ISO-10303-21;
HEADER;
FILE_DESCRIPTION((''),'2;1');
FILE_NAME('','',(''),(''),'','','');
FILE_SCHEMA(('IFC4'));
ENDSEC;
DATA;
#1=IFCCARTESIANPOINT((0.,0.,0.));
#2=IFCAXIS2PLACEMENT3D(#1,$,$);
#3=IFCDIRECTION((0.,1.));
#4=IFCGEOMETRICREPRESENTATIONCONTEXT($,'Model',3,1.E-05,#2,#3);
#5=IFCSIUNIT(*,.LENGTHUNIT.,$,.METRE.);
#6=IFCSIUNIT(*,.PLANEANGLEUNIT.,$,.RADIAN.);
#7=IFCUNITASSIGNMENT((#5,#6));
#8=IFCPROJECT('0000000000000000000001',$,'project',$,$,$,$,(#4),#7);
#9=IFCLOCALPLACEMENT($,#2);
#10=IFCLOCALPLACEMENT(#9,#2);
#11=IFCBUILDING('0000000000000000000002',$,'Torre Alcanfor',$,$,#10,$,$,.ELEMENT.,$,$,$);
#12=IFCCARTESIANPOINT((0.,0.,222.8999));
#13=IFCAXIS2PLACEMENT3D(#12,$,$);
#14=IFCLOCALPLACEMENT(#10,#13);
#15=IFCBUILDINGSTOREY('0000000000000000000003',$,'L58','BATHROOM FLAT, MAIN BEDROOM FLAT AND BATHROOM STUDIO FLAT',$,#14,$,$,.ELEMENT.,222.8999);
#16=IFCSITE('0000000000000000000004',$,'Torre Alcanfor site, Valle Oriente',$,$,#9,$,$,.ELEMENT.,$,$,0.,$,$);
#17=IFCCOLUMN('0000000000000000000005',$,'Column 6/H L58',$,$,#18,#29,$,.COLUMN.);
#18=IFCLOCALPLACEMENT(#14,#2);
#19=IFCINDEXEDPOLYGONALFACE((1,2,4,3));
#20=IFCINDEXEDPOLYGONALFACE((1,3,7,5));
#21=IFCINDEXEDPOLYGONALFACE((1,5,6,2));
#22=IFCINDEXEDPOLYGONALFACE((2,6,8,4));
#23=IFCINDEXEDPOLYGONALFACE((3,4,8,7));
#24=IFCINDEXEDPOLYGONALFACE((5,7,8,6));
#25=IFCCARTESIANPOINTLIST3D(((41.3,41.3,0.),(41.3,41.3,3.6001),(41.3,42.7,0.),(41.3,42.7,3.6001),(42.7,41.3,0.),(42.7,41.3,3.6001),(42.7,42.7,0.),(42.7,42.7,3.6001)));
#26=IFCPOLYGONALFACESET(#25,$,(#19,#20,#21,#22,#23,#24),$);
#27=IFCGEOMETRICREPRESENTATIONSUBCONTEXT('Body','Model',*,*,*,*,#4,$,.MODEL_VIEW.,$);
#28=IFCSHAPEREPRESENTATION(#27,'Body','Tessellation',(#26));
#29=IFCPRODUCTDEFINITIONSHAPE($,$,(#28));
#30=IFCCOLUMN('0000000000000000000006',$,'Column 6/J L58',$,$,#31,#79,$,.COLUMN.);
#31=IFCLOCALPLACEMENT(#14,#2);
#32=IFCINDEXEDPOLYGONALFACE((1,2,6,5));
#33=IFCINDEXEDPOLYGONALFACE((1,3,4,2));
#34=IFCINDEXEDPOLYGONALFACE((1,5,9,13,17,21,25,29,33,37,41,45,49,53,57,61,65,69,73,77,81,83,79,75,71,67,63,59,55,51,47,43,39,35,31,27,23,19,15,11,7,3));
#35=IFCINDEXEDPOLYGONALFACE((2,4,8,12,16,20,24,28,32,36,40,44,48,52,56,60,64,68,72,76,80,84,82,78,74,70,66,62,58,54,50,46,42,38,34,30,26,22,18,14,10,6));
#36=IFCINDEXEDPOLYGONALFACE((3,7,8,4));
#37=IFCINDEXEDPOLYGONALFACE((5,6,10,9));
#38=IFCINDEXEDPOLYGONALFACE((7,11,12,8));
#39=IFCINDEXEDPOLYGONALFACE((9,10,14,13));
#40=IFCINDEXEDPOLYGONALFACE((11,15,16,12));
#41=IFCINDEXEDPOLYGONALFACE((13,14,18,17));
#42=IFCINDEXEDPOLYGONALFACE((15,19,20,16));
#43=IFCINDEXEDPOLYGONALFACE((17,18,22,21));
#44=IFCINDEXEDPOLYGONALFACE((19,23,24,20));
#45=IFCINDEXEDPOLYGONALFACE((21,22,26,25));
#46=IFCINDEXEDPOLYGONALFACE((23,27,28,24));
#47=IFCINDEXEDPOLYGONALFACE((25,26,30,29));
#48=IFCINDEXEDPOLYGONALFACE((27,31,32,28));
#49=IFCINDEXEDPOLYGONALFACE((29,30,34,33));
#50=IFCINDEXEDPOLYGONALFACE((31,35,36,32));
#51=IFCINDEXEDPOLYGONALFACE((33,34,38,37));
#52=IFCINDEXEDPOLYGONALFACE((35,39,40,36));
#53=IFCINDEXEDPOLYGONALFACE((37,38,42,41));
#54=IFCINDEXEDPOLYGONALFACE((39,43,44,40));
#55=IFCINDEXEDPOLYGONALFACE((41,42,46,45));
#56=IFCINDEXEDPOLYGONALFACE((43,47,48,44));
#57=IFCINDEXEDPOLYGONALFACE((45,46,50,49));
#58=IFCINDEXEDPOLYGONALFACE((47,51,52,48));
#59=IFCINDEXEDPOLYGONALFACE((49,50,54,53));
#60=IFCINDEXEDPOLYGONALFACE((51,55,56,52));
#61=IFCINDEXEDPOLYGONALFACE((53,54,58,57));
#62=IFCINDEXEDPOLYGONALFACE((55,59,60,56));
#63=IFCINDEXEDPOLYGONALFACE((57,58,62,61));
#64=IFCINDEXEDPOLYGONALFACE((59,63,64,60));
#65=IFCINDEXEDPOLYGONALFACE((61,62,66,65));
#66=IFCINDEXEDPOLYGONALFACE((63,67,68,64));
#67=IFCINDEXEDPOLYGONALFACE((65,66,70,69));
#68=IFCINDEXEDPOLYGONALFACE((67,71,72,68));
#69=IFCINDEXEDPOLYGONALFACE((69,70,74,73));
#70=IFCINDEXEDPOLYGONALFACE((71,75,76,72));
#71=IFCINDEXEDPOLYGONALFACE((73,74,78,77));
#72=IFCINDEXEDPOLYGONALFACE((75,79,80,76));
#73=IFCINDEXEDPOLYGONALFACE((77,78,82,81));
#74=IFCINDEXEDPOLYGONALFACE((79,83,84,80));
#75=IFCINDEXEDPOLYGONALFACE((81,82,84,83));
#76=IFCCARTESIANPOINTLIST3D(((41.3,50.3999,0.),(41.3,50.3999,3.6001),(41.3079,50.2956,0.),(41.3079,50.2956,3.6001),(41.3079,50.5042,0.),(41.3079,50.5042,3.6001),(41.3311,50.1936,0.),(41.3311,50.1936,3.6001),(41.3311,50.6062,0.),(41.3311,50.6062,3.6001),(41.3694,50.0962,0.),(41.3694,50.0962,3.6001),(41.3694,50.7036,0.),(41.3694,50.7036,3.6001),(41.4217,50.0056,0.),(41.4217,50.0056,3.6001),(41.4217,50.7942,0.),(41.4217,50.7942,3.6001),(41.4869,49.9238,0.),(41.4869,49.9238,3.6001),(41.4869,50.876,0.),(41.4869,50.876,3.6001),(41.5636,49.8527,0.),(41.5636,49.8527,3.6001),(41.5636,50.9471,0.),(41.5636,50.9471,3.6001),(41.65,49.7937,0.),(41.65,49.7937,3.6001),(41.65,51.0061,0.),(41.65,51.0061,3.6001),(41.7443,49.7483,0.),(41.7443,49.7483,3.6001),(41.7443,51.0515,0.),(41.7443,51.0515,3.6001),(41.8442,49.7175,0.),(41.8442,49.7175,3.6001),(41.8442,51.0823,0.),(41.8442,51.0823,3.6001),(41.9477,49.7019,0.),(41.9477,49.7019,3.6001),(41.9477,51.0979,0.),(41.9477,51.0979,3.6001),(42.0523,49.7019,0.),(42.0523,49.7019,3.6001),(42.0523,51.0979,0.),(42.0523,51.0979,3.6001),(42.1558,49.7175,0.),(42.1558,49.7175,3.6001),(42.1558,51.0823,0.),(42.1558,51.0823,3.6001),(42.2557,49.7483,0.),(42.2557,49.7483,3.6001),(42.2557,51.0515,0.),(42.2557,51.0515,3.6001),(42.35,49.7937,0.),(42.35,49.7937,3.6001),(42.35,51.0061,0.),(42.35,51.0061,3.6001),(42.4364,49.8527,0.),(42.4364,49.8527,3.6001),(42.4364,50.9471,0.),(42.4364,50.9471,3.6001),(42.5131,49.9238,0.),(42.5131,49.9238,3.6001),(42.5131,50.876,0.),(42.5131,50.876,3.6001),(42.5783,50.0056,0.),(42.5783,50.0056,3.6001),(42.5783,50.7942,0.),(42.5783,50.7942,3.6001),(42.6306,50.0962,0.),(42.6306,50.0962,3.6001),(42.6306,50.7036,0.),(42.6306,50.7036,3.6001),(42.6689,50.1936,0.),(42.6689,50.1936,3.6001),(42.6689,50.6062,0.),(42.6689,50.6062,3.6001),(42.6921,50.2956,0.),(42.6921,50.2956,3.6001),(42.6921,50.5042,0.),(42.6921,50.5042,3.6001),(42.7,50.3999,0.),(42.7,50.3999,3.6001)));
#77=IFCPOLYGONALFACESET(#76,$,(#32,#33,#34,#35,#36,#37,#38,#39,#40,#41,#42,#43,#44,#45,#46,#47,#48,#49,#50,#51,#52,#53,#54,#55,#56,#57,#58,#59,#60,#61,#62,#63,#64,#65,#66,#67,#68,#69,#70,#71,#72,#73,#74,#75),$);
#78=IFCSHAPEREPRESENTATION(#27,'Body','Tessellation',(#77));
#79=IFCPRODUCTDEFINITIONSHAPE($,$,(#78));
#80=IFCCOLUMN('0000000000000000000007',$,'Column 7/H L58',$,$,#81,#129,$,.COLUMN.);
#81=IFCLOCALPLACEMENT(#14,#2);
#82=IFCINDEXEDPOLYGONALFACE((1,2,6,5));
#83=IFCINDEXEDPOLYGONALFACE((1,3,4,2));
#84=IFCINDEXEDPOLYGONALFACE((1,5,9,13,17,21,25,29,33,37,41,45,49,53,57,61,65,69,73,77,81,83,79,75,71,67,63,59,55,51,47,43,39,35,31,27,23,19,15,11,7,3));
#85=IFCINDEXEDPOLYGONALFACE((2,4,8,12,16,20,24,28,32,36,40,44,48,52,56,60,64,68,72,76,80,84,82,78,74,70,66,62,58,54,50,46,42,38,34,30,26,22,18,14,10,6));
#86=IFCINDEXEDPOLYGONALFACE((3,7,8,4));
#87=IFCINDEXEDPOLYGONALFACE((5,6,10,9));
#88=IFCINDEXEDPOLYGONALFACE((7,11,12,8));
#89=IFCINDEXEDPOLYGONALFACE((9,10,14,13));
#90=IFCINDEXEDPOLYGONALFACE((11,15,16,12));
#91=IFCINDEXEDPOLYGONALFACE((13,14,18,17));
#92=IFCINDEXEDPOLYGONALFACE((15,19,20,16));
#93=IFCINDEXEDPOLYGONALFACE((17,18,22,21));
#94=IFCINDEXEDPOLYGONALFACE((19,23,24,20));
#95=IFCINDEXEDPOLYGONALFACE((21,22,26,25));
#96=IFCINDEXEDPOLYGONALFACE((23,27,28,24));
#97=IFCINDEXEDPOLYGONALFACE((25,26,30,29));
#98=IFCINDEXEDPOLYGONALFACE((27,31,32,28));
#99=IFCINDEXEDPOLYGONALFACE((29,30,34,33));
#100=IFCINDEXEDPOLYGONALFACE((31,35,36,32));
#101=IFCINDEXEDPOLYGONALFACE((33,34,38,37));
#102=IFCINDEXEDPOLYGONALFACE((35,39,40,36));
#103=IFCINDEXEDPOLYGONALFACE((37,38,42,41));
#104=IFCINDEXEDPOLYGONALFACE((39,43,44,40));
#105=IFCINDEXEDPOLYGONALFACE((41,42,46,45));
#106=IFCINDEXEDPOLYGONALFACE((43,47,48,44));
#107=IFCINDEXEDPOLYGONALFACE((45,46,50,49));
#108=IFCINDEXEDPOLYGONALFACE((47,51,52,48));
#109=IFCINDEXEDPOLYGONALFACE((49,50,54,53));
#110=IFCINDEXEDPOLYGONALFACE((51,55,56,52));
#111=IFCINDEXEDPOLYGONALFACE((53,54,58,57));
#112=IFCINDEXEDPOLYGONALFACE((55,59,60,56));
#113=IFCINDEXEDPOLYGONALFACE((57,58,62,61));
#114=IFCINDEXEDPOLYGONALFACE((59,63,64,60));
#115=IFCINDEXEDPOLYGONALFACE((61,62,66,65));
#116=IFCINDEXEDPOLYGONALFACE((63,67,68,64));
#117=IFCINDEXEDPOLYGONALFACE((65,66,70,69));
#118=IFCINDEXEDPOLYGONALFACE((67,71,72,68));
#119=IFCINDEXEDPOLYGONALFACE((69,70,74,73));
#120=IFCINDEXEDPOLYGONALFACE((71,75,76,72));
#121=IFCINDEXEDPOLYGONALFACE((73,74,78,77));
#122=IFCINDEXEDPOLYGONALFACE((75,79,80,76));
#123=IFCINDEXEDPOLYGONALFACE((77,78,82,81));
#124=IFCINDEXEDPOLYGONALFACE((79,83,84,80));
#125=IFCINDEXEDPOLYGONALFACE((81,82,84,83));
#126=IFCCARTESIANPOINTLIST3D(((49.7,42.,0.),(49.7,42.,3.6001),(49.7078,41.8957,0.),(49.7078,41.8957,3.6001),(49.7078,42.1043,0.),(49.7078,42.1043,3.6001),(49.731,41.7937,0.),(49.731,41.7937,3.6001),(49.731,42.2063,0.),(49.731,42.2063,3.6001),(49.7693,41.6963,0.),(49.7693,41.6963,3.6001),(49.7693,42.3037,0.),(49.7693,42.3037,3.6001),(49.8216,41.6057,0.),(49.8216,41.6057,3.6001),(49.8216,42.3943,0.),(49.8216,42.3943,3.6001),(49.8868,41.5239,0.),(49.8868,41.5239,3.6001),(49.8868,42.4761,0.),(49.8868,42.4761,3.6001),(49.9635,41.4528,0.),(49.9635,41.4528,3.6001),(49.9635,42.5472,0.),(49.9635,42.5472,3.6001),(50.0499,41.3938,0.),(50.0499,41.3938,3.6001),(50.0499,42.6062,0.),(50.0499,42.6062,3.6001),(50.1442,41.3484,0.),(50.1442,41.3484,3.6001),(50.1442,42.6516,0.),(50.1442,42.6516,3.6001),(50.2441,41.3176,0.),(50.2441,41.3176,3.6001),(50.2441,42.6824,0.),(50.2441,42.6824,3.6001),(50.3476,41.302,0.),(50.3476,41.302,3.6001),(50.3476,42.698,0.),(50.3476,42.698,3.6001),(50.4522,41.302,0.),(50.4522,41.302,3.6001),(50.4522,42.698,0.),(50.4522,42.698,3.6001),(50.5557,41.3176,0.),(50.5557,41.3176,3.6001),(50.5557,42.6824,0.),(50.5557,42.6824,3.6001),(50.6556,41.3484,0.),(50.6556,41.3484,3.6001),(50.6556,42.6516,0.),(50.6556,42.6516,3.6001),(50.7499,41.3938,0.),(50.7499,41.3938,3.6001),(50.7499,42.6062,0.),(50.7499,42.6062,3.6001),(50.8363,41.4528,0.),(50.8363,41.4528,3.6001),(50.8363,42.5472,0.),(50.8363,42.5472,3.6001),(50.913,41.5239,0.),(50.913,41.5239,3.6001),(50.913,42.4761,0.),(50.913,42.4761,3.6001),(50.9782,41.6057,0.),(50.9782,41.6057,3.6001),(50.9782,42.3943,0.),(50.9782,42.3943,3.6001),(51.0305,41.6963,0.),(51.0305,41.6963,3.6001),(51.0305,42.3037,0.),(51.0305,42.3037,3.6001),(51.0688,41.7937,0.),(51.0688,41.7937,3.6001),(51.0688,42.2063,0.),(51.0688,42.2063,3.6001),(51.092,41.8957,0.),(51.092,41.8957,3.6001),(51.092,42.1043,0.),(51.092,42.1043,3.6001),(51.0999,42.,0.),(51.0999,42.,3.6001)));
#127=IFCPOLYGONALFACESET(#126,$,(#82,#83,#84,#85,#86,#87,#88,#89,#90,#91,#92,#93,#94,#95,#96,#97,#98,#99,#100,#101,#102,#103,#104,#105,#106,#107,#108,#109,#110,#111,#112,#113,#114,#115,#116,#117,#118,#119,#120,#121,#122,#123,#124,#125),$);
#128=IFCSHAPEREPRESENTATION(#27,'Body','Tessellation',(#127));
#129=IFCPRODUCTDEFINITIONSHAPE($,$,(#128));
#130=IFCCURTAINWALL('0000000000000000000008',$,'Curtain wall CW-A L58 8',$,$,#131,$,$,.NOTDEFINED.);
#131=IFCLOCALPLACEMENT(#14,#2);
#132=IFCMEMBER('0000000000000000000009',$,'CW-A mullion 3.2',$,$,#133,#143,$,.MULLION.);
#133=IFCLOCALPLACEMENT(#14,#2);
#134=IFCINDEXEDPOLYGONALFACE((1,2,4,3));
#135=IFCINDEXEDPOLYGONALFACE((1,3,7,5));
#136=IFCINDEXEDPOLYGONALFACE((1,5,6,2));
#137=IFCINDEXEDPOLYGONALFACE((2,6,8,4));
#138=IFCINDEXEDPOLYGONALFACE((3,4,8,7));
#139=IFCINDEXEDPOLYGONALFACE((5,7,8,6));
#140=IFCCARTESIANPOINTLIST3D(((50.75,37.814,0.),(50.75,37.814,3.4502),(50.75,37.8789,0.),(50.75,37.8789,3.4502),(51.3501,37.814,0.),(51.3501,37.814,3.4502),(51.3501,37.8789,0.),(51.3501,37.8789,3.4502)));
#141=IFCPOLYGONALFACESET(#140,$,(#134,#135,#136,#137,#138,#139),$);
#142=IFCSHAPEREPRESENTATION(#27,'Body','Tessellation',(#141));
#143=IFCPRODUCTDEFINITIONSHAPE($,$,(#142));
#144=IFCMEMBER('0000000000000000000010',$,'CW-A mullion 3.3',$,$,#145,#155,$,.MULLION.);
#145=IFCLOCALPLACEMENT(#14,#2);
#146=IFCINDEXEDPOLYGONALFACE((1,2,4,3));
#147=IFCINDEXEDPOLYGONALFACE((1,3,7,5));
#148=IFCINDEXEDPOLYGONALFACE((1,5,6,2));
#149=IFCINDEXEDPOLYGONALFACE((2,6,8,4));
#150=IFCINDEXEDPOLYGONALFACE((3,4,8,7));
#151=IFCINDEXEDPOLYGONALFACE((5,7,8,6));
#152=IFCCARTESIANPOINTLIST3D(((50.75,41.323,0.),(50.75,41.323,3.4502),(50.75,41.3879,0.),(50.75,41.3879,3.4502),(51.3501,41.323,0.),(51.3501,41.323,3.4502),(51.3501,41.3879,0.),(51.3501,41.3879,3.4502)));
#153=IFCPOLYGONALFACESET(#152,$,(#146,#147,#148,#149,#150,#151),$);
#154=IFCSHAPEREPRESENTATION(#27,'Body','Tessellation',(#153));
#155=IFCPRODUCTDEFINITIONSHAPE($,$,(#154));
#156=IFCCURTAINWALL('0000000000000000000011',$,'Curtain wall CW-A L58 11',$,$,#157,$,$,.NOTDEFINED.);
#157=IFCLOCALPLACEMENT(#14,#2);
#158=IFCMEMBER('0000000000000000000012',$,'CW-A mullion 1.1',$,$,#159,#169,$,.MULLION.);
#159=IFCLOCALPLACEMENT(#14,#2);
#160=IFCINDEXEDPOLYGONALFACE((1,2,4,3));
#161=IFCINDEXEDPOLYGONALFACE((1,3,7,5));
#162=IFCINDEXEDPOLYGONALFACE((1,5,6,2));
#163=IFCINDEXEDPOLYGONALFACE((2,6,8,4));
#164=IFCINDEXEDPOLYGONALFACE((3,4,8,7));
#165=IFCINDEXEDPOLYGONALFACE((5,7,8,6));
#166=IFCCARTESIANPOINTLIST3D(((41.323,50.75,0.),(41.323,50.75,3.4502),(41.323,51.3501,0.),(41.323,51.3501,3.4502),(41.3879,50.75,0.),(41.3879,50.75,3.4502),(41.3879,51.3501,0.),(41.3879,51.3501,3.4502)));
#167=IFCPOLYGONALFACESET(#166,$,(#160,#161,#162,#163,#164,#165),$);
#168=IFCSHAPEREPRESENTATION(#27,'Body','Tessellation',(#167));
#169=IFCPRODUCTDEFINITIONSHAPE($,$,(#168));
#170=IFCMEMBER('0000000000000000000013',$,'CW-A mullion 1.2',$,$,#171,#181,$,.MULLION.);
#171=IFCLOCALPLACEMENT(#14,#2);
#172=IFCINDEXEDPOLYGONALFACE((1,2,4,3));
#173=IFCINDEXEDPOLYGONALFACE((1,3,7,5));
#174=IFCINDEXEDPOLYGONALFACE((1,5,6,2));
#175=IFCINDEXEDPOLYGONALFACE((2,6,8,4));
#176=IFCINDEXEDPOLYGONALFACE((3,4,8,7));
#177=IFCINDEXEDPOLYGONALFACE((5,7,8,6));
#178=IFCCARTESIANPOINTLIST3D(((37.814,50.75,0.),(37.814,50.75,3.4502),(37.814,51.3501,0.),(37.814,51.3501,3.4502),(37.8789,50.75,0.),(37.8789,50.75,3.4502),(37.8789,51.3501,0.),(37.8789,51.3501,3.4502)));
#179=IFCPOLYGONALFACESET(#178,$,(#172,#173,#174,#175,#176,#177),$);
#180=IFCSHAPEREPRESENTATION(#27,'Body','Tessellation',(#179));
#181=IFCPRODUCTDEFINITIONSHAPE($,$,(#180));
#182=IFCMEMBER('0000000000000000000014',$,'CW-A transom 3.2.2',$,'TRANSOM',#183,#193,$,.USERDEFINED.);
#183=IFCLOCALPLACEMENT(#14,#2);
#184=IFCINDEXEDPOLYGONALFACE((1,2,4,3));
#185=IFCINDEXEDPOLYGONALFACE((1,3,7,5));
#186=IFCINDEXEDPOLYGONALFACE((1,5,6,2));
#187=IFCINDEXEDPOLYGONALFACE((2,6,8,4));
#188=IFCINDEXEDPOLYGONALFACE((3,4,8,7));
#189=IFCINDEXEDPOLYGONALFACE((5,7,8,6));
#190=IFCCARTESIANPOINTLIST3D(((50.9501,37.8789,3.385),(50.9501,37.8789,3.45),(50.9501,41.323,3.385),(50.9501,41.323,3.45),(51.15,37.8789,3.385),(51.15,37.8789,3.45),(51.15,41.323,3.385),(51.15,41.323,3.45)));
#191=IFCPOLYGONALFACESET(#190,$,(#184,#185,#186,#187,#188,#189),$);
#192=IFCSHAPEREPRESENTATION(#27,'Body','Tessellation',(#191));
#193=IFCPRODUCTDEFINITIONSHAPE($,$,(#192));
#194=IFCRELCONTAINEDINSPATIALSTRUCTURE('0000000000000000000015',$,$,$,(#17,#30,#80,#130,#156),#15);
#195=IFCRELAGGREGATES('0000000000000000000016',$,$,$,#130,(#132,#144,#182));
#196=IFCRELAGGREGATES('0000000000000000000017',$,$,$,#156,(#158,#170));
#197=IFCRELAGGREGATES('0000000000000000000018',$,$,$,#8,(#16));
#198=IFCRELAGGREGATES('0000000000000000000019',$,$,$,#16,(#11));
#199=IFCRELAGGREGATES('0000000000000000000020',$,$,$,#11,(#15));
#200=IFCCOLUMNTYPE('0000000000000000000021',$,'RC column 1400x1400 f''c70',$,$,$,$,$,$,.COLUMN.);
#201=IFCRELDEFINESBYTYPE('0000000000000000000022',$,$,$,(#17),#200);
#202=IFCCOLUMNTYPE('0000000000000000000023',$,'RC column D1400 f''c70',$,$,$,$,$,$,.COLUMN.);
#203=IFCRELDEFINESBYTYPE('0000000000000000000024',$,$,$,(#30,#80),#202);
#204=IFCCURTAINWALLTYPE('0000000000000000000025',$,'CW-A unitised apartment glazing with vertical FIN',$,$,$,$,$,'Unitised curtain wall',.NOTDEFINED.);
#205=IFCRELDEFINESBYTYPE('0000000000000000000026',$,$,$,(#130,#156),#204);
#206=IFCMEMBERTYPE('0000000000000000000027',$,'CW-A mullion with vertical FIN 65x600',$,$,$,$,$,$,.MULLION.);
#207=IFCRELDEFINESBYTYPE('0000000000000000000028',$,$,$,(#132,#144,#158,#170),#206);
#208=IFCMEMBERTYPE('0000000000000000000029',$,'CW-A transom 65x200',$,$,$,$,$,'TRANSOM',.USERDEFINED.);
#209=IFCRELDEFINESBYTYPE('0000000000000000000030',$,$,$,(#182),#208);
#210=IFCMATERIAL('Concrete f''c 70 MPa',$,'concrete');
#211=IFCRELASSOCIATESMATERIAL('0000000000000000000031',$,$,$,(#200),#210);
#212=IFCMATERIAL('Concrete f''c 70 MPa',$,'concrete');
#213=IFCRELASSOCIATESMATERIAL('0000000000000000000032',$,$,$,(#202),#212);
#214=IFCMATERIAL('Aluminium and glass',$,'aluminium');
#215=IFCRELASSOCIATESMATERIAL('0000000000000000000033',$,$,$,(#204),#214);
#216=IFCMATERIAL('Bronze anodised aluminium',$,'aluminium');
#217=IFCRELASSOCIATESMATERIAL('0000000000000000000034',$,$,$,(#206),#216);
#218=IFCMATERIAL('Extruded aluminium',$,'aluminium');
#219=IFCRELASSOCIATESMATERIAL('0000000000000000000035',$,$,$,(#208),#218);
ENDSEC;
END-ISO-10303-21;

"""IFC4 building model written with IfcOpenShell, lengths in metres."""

from ifc_helpers import new_model, si_unit, direction, frame, origin, origin_2d, place, context, subcontext, project, spatial, rectangle, circle, extrude, material, material_profile, profile_set, type_object, element, aggregate, save


model = new_model("IFC4")

# Units and contexts
model_context = context("Model", 3, precision=1e-05, world=origin(), true_north=direction((0.0, 1.0)))
body_context = subcontext(model_context, "Body", "Model", "MODEL_VIEW")
ifc_project = project(units=[si_unit("LENGTHUNIT", "METRE"), si_unit("PLANEANGLEUNIT", "RADIAN")], contexts=[model_context])

# Site, building, storey
site_placement = place(None, origin())
site = spatial("IfcSite", under=ifc_project, at=site_placement, Name="Torre Alcanfor site, Valle Oriente", CompositionType="ELEMENT", RefElevation=0.0)
building_placement = place(site_placement, origin())
building = spatial("IfcBuilding", under=site, at=building_placement, Name="Torre Alcanfor", CompositionType="ELEMENT")
storey_placement = place(building_placement, frame((0.0, 0.0, 222.8999)))
storey = spatial("IfcBuildingStorey", under=building, at=storey_placement, Name="L58", Description="BATHROOM FLAT, MAIN BEDROOM FLAT AND BATHROOM STUDIO FLAT", CompositionType="ELEMENT", Elevation=222.8999)

# Columns
ifc_material_1 = material(Name="Concrete f'c 70 MPa", Category="concrete")
ifc_material_profile_1 = material_profile(ifc_material_1, rectangle(XDim=1.3999, YDim=1.3999, at=origin_2d()), Name="1400x1400")
ifc_profile_set_1 = profile_set([ifc_material_profile_1], Name="Concrete f'c 70 MPa")
column_type_1 = type_object("IfcColumnType", Name="RC column 1400x1400 f'c70", PredefinedType="COLUMN", material=ifc_profile_set_1)
column_placement = place(storey_placement, frame((42.0, 42.0, 0.0), z_axis=(0.0, 0.0, 1.0), x_axis=(1.0, 0.0, 0.0)))
element("IfcColumn", 1, at=column_placement, inside=storey, type_object=column_type_1, Name="Column 6/H L58", PredefinedType="COLUMN", context=body_context, shape_type="SweptSolid", body=[
    extrude(rectangle(XDim=1.3999, YDim=1.3999, at=origin_2d()), origin(), (0.0, 0.0, 1.0), 3.6001),
])
ifc_material_2 = material(Name="Concrete f'c 70 MPa", Category="concrete")
ifc_material_profile_2 = material_profile(ifc_material_2, circle(Radius=0.7, at=origin_2d()), Name="D1400")
ifc_profile_set_2 = profile_set([ifc_material_profile_2], Name="Concrete f'c 70 MPa")
column_type_2 = type_object("IfcColumnType", Name="RC column D1400 f'c70", PredefinedType="COLUMN", material=ifc_profile_set_2)
for number, where, z_axis, x_axis, name in (
    (2, (42.0, 50.3999, 0.0), (0.0, 0.0, 1.0), (1.0, 0.0, 0.0), "Column 6/J L58"),
    (3, (50.3999, 42.0, 0.0), (0.0, 0.0, 1.0), (1.0, 0.0, 0.0), "Column 7/H L58"),
):
    element("IfcColumn", number, at=place(storey_placement, frame(where, z_axis=z_axis, x_axis=x_axis)), inside=storey, type_object=column_type_2, Name=name, PredefinedType="COLUMN", context=body_context, shape_type="SweptSolid", body=[
        extrude(circle(Radius=0.7, at=origin_2d()), origin(), (0.0, 0.0, 1.0), 3.6001),
    ])

# Curtain walls, members
ifc_material_3 = material(Name="Aluminium and glass", Category="aluminium")
curtain_wall_type = type_object("IfcCurtainWallType", Name="CW-A unitised apartment glazing with vertical FIN", ElementType="Unitised curtain wall", PredefinedType="NOTDEFINED", material=ifc_material_3)
curtain_wall_1_placement = place(storey_placement, origin())
curtain_wall_1 = element("IfcCurtainWall", 4, at=curtain_wall_1_placement, inside=storey, type_object=curtain_wall_type, Name="Curtain wall CW-A L58 8", PredefinedType="NOTDEFINED")
ifc_material_4 = material(Name="Bronze anodised aluminium", Category="aluminium")
ifc_material_profile_3 = material_profile(ifc_material_4, rectangle(XDim=0.6001, YDim=0.0649, at=origin_2d()), Name="CW-A mullion 65x600")
ifc_profile_set_3 = profile_set([ifc_material_profile_3], Name="Bronze anodised aluminium")
member_type_1 = type_object("IfcMemberType", Name="CW-A mullion with vertical FIN 65x600", PredefinedType="MULLION", material=ifc_profile_set_3)
member_1_placement = place(storey_placement, frame((51.05, 37.8464, 0.0), z_axis=(0.0, 0.0, 1.0), x_axis=(-1.0, 0.0, 0.0)))
member_1 = element("IfcMember", 5, at=member_1_placement, type_object=member_type_1, Name="CW-A mullion 3.2", PredefinedType="MULLION", context=body_context, shape_type="SweptSolid", body=[
    extrude(rectangle(XDim=0.6001, YDim=0.0649, at=origin_2d()), origin(), (0.0, 0.0, 1.0), 3.4502),
])
member_2_placement = place(storey_placement, frame((51.05, 41.3555, 0.0), z_axis=(0.0, 0.0, 1.0), x_axis=(-1.0, 0.0, 0.0)))
member_2 = element("IfcMember", 6, at=member_2_placement, type_object=member_type_1, Name="CW-A mullion 3.3", PredefinedType="MULLION", context=body_context, shape_type="SweptSolid", body=[
    extrude(rectangle(XDim=0.6001, YDim=0.0649, at=origin_2d()), origin(), (0.0, 0.0, 1.0), 3.4502),
])
curtain_wall_2_placement = place(storey_placement, origin())
curtain_wall_2 = element("IfcCurtainWall", 7, at=curtain_wall_2_placement, inside=storey, type_object=curtain_wall_type, Name="Curtain wall CW-A L58 11", PredefinedType="NOTDEFINED")
member_3_placement = place(storey_placement, frame((41.3555, 51.05, 0.0), z_axis=(0.0, 0.0, 1.0), x_axis=(0.0, -1.0, 0.0)))
member_3 = element("IfcMember", 8, at=member_3_placement, type_object=member_type_1, Name="CW-A mullion 1.1", PredefinedType="MULLION", context=body_context, shape_type="SweptSolid", body=[
    extrude(rectangle(XDim=0.6001, YDim=0.0649, at=origin_2d()), origin(), (0.0, 0.0, 1.0), 3.4502),
])
member_4_placement = place(storey_placement, frame((37.8464, 51.05, 0.0), z_axis=(0.0, 0.0, 1.0), x_axis=(0.0, -1.0, 0.0)))
member_4 = element("IfcMember", 9, at=member_4_placement, type_object=member_type_1, Name="CW-A mullion 1.2", PredefinedType="MULLION", context=body_context, shape_type="SweptSolid", body=[
    extrude(rectangle(XDim=0.6001, YDim=0.0649, at=origin_2d()), origin(), (0.0, 0.0, 1.0), 3.4502),
])

# Member
ifc_material_5 = material(Name="Extruded aluminium", Category="aluminium")
ifc_material_profile_4 = material_profile(ifc_material_5, rectangle(XDim=0.2, YDim=0.0649, at=origin_2d()), Name="CW-A transom 200x65")
ifc_profile_set_4 = profile_set([ifc_material_profile_4], Name="Extruded aluminium")
member_type_2 = type_object("IfcMemberType", Name="CW-A transom 65x200", ElementType="TRANSOM", PredefinedType="USERDEFINED", material=ifc_profile_set_4)
member_5_placement = place(storey_placement, frame((51.05, 37.8789, 3.4175), z_axis=(0.0, 1.0, 0.0), x_axis=(-1.0, 0.0, 0.0)))
member_5 = element("IfcMember", 10, at=member_5_placement, type_object=member_type_2, Name="CW-A transom 3.2.2", ObjectType="TRANSOM", PredefinedType="USERDEFINED", context=body_context, shape_type="SweptSolid", body=[
    extrude(rectangle(XDim=0.2, YDim=0.0649, at=origin_2d()), origin(), (0.0, 0.0, 1.0), 3.4441),
])

aggregate(curtain_wall_1, [member_1, member_2, member_5])
aggregate(curtain_wall_2, [member_3, member_4])

save(model, "model.ifc")
